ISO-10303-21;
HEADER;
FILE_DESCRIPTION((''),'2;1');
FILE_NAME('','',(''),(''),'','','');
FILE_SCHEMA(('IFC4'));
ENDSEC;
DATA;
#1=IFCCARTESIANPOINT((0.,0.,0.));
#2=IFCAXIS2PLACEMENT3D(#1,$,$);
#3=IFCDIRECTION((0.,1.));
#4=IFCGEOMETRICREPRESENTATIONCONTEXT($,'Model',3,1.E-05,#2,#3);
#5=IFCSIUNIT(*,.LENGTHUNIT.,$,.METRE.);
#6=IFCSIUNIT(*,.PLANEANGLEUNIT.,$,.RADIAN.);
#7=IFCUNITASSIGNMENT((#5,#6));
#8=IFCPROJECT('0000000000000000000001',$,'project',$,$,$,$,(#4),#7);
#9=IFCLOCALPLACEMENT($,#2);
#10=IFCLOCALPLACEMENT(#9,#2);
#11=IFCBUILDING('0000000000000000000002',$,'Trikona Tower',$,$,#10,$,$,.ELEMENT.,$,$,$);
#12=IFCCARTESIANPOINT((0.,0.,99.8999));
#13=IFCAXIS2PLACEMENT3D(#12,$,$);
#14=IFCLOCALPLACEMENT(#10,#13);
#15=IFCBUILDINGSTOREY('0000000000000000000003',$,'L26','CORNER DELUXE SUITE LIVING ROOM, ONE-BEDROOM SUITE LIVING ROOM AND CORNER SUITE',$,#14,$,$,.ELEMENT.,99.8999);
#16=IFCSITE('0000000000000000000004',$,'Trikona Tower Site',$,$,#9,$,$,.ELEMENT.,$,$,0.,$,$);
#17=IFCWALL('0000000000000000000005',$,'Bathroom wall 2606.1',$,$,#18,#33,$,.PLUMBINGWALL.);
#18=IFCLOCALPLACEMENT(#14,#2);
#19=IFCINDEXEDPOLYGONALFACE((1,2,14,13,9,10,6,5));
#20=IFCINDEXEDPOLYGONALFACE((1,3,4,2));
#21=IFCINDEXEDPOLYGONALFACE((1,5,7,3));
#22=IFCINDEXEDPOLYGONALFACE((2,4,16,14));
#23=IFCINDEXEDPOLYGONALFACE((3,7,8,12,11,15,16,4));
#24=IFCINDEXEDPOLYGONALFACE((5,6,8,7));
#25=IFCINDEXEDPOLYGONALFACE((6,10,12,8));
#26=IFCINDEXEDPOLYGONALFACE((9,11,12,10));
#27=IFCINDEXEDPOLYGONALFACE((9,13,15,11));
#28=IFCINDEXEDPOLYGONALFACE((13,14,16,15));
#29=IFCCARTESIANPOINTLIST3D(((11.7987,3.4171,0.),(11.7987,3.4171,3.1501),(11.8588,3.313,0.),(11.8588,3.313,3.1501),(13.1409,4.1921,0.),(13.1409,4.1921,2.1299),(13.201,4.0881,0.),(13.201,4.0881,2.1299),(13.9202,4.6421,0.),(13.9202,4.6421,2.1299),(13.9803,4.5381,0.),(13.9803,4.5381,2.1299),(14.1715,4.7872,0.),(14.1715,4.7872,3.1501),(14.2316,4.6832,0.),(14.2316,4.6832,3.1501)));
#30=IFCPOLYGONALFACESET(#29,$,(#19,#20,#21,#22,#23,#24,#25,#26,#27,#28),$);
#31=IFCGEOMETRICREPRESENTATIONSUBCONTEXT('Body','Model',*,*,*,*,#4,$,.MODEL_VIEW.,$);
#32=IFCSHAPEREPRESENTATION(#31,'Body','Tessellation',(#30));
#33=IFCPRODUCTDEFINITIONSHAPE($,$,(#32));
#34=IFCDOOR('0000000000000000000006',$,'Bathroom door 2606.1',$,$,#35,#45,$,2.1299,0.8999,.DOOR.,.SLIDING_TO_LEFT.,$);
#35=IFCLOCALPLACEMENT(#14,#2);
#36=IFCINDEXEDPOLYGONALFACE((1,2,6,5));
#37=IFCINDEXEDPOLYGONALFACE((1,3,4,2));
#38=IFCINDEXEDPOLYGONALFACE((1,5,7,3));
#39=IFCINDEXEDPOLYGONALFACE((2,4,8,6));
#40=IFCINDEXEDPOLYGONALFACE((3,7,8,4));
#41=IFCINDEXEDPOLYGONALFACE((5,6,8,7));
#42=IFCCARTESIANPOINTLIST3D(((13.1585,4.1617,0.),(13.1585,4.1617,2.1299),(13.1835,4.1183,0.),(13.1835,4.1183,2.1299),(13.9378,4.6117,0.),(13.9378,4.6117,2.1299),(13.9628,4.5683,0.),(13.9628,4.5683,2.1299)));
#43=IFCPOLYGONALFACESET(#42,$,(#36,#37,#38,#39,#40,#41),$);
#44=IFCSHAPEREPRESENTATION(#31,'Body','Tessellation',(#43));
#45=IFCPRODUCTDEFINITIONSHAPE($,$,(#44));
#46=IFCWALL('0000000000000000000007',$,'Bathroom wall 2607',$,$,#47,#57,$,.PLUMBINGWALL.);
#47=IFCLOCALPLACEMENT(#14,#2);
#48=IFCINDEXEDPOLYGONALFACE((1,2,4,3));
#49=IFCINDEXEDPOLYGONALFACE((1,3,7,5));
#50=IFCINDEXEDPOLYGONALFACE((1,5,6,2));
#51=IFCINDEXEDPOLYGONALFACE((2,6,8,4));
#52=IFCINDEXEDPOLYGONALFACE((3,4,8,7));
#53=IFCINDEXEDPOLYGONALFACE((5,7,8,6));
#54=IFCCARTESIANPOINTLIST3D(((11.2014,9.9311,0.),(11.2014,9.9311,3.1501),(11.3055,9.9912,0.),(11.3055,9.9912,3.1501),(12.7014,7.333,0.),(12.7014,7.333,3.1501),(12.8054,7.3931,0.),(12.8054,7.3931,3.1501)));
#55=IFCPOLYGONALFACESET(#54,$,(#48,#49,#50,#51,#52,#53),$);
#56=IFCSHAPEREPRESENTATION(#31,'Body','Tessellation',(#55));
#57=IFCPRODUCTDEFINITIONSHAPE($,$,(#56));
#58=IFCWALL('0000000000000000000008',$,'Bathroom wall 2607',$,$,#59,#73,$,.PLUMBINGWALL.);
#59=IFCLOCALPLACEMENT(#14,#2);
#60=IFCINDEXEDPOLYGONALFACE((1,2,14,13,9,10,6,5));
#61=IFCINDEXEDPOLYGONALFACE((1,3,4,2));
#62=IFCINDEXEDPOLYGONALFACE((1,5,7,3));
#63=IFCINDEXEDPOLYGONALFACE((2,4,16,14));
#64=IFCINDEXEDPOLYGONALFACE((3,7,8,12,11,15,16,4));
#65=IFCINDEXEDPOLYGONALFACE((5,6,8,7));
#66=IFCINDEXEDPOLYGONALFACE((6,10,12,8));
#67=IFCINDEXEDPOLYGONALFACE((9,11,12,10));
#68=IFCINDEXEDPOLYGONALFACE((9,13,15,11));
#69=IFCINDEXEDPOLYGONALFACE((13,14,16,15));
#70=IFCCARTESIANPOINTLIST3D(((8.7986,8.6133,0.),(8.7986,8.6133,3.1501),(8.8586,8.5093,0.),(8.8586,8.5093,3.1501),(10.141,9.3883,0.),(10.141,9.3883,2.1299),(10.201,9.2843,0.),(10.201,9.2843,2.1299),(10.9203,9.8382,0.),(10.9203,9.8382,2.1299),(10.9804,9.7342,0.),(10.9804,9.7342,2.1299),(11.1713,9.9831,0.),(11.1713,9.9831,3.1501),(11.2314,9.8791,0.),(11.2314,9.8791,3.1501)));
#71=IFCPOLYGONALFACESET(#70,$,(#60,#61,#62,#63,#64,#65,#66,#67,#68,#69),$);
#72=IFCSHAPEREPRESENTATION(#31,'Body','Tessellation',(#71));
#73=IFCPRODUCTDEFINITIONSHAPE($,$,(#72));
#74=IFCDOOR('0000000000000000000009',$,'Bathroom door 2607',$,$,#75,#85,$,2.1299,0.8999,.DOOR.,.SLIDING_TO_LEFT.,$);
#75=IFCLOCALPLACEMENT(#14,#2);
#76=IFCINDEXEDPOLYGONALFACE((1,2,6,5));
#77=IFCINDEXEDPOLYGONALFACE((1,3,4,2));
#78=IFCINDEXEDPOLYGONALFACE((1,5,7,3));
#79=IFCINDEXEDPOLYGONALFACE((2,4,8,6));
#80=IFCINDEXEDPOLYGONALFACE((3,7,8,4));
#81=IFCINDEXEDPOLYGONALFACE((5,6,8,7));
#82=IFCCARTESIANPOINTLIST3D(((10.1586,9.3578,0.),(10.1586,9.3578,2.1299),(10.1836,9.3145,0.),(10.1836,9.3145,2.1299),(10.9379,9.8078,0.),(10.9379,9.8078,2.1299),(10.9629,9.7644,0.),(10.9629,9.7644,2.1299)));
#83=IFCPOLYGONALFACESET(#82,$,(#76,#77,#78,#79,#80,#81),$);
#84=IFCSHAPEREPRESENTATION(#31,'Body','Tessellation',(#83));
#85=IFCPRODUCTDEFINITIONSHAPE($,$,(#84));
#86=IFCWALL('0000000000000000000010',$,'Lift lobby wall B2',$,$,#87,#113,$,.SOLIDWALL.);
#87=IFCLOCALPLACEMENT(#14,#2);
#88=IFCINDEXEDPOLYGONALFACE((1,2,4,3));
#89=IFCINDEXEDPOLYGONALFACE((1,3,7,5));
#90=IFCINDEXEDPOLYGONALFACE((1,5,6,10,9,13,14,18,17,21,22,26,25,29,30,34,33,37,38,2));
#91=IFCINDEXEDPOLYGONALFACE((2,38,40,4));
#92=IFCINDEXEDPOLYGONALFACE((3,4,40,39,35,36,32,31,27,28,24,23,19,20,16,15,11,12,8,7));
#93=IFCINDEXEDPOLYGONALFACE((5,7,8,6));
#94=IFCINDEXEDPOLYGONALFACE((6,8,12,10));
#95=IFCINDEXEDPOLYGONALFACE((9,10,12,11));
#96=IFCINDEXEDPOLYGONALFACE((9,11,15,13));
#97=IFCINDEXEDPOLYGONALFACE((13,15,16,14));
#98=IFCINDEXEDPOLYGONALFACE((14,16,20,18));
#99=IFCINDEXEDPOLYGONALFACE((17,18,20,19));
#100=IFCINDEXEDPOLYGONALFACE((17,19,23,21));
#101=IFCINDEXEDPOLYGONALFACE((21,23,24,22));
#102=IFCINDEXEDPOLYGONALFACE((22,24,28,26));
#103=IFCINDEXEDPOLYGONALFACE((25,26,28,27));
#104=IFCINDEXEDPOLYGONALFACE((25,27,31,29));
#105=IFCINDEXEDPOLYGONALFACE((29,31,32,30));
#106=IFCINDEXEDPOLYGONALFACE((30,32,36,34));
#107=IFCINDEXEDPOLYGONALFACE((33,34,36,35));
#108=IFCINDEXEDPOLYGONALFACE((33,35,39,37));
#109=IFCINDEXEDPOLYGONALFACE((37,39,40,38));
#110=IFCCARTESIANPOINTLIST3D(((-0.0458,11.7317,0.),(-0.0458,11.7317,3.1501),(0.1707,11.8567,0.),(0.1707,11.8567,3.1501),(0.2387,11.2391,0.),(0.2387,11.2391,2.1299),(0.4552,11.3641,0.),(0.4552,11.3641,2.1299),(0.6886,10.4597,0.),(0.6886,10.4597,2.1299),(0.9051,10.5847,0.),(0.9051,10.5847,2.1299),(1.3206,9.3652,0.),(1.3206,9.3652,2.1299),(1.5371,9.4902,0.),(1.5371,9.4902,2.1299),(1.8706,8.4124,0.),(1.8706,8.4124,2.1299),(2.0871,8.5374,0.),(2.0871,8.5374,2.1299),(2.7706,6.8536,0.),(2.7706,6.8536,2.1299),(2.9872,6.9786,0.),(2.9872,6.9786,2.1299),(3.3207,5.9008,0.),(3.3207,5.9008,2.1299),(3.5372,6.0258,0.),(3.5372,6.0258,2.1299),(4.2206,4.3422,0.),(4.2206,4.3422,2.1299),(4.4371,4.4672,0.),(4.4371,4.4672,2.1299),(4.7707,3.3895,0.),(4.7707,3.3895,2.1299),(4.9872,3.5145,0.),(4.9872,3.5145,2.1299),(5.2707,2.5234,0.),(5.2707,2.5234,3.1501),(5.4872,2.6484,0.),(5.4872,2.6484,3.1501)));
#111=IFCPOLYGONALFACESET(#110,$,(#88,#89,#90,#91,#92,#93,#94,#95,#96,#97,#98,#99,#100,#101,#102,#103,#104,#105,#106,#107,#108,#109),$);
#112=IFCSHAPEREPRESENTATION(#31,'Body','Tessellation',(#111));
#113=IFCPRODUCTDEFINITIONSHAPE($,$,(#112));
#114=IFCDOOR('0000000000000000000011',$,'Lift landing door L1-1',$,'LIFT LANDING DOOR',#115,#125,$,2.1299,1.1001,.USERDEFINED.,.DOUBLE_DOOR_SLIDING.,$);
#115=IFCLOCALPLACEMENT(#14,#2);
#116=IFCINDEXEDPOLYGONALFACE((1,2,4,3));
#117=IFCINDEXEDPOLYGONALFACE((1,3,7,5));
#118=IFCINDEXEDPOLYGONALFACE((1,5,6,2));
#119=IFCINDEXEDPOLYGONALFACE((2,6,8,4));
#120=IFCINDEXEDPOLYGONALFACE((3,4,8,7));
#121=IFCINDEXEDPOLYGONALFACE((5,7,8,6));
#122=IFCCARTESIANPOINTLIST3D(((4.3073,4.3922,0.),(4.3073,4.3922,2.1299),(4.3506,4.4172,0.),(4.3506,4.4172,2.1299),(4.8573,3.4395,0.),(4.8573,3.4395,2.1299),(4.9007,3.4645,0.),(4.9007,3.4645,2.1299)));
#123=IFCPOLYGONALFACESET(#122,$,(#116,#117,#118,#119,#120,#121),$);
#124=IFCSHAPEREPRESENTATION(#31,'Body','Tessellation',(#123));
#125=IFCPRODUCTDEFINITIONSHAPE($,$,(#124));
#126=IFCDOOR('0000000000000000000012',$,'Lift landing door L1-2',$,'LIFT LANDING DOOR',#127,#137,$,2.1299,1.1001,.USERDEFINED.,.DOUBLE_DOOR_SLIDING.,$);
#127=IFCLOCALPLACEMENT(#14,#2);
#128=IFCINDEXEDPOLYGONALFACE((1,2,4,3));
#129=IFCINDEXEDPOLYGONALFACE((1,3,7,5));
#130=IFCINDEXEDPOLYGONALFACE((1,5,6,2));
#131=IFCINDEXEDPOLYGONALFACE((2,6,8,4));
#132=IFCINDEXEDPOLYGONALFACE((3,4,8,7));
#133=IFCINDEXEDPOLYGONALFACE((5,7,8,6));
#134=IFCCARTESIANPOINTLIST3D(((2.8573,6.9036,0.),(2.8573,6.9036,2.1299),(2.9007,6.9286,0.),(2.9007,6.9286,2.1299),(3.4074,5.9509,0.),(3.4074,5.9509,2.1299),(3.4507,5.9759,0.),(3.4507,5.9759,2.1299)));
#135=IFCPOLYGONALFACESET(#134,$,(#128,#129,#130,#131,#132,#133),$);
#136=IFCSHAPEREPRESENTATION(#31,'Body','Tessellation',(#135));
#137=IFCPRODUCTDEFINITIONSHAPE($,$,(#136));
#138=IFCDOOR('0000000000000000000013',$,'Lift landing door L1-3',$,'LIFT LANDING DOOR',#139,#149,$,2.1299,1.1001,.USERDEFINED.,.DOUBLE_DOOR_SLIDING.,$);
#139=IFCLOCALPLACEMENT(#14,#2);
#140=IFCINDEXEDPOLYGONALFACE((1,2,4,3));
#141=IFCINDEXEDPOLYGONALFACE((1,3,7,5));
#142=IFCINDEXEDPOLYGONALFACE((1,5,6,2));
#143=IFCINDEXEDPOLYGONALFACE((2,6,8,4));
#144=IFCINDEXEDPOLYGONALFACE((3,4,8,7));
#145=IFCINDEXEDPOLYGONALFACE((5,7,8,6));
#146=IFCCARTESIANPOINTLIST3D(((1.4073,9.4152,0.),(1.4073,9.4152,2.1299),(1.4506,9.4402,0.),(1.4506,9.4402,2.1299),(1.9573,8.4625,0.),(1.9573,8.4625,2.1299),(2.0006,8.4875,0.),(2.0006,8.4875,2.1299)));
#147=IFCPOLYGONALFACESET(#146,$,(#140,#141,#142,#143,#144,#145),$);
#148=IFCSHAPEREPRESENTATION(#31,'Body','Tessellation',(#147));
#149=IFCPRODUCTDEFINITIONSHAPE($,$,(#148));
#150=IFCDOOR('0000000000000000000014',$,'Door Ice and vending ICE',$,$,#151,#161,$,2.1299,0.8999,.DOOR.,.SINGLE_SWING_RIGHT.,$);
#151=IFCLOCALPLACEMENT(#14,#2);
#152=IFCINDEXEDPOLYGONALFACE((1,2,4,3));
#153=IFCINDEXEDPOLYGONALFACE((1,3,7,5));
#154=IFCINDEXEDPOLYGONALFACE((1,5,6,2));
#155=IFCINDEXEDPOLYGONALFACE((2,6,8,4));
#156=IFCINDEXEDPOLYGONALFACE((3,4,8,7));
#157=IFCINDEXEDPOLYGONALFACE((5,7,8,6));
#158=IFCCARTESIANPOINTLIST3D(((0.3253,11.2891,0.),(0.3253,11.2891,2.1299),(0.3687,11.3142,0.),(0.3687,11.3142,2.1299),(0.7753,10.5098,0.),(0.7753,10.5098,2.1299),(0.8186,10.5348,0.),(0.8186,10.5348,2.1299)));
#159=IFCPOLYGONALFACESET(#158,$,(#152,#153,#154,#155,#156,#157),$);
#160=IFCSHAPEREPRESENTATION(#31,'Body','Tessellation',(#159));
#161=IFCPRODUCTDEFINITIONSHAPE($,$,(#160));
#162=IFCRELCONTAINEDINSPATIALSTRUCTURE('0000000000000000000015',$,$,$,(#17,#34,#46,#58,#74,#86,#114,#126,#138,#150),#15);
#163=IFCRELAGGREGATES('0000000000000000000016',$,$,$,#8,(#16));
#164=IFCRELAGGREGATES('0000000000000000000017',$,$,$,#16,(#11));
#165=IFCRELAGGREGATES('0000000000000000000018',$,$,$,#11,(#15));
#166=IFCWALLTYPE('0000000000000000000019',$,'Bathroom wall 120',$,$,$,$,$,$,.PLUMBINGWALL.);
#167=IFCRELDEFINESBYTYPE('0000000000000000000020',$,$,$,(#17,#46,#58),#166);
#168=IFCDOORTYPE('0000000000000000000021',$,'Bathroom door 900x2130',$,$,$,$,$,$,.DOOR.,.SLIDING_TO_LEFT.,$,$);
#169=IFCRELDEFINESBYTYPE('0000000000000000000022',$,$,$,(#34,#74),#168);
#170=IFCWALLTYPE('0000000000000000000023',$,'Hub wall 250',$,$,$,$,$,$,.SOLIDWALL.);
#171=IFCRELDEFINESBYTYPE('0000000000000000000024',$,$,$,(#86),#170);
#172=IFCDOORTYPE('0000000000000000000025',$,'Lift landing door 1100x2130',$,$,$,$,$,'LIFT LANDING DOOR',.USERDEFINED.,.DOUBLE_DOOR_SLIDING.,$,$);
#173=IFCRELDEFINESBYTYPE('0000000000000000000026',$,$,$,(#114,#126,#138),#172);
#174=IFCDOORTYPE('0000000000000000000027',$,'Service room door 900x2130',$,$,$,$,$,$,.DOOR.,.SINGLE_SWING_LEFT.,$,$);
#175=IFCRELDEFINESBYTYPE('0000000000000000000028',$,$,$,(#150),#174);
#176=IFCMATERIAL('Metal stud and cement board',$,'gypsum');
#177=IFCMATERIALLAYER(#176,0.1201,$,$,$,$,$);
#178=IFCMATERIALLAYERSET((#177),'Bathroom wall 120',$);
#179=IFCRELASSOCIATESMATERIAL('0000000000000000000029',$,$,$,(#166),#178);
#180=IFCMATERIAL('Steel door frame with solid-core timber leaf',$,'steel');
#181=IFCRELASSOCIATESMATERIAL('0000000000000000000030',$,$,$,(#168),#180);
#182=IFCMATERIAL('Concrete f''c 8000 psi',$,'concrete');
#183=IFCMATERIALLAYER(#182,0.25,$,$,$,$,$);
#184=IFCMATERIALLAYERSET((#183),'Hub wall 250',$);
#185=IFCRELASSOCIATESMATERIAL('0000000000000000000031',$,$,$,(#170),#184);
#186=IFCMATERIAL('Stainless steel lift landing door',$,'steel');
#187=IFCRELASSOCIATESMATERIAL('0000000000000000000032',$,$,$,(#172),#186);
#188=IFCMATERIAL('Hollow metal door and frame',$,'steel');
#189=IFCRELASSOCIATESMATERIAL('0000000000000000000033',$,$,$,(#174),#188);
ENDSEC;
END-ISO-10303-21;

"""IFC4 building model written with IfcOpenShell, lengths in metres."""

from ifc_helpers import new_model, si_unit, direction, frame, frame_2d, origin, place, context, subcontext, project, spatial, rectangle, extrude, material, layer, layer_set, type_object, element, fill, save


model = new_model("IFC4")

# Units and contexts
model_context = context("Model", 3, precision=1e-05, world=origin(), true_north=direction((0.0, 1.0)))
body_context = subcontext(model_context, "Body", "Model", "MODEL_VIEW")
ifc_project = project(units=[si_unit("LENGTHUNIT", "METRE"), si_unit("PLANEANGLEUNIT", "RADIAN")], contexts=[model_context])

# Site, building, storey
site_placement = place(None, origin())
site = spatial("IfcSite", under=ifc_project, at=site_placement, Name="Trikona Tower Site", CompositionType="ELEMENT", RefElevation=0.0)
building_placement = place(site_placement, origin())
building = spatial("IfcBuilding", under=site, at=building_placement, Name="Trikona Tower", CompositionType="ELEMENT")
storey_placement = place(building_placement, frame((0.0, 0.0, 99.8999)))
storey = spatial("IfcBuildingStorey", under=building, at=storey_placement, Name="L26", Description="CORNER DELUXE SUITE LIVING ROOM, ONE-BEDROOM SUITE LIVING ROOM AND CORNER SUITE", CompositionType="ELEMENT", Elevation=99.8999)

# Shared definitions
ifc_material_1 = material(Name="Metal stud and cement board", Category="gypsum")
ifc_layer_1 = layer(ifc_material_1, 0.1201)
ifc_layer_set_1 = layer_set([ifc_layer_1], Name="Bathroom wall 120")
wall_type_1 = type_object("IfcWallType", Name="Bathroom wall 120", PredefinedType="PLUMBINGWALL", material=ifc_layer_set_1)

# Wall, opening, door
wall_1_placement = place(storey_placement, frame((11.8286, 3.365, 0.0), z_axis=(0.0, 0.0, 1.0), x_axis=(0.865997, 0.500049, 0.0)))
wall_1 = element("IfcWall", 1, at=wall_1_placement, inside=storey, type_object=wall_type_1, Name="Bathroom wall 2606.1", PredefinedType="PLUMBINGWALL", context=body_context, shape_type="SweptSolid", body=[
    extrude(rectangle(XDim=2.74, YDim=0.1201, at=frame_2d((1.3701, 0.0))), origin(), (0.0, 0.0, 1.0), 3.1501),
])
opening_1_placement = place(wall_1_placement, frame((1.55, 0.0, 0.0)))
opening_1 = element("IfcOpeningElement", 2, at=opening_1_placement, cuts=wall_1, PredefinedType="OPENING", context=body_context, shape_type="SweptSolid", body=[
    extrude(rectangle(XDim=0.8999, YDim=2.1299, at=frame_2d((0.45, 1.0649))), frame((0.0, 0.0701, 0.0), z_axis=(0.0, -1.0, 0.0), x_axis=(1.0, 0.0, 0.0)), (0.0, 0.0, 1.0), 0.1401),
])
ifc_material_2 = material(Name="Steel door frame with solid-core timber leaf", Category="steel")
door_type_1 = type_object("IfcDoorType", Name="Bathroom door 900x2130", OperationType="SLIDING_TO_LEFT", PredefinedType="DOOR", material=ifc_material_2)
door_1_placement = place(opening_1_placement, origin())
door_1 = element("IfcDoor", 3, at=door_1_placement, inside=storey, type_object=door_type_1, Name="Bathroom door 2606.1", OperationType="SLIDING_TO_LEFT", OverallHeight=2.1299, OverallWidth=0.8999, PredefinedType="DOOR", context=body_context, shape_type="SweptSolid", body=[
    extrude(rectangle(XDim=0.8999, YDim=2.1299, at=frame_2d((0.45, 1.0649))), frame((0.0, 0.0249, 0.0), z_axis=(0.0, -1.0, 0.0), x_axis=(1.0, 0.0, 0.0)), (0.0, 0.0, 1.0), 0.05),
])
fill(opening_1, door_1)

# Wall
wall_2_placement = place(storey_placement, frame((12.7534, 7.363, 0.0), z_axis=(0.0, 0.0, 1.0), x_axis=(-0.49999, 0.866031, 0.0)))
element("IfcWall", 4, at=wall_2_placement, inside=storey, type_object=wall_type_1, Name="Bathroom wall 2607", PredefinedType="PLUMBINGWALL", context=body_context, shape_type="SweptSolid", body=[
    extrude(rectangle(XDim=3.0, YDim=0.1201, at=frame_2d((1.5, 0.0))), origin(), (0.0, 0.0, 1.0), 3.1501),
])

# Wall, opening, door
wall_3_placement = place(storey_placement, frame((8.8286, 8.5613, 0.0), z_axis=(0.0, 0.0, 1.0), x_axis=(0.866036, 0.499982, 0.0)))
wall_3 = element("IfcWall", 5, at=wall_3_placement, inside=storey, type_object=wall_type_1, Name="Bathroom wall 2607", PredefinedType="PLUMBINGWALL", context=body_context, shape_type="SweptSolid", body=[
    extrude(rectangle(XDim=2.7397, YDim=0.1201, at=frame_2d((1.3699, 0.0))), origin(), (0.0, 0.0, 1.0), 3.1501),
])
opening_2_placement = place(wall_3_placement, frame((1.55, 0.0, 0.0)))
opening_2 = element("IfcOpeningElement", 6, at=opening_2_placement, cuts=wall_3, PredefinedType="OPENING", context=body_context, shape_type="SweptSolid", body=[
    extrude(rectangle(XDim=0.8999, YDim=2.1299, at=frame_2d((0.45, 1.0649))), frame((0.0, 0.0701, 0.0), z_axis=(0.0, -1.0, 0.0), x_axis=(1.0, 0.0, 0.0)), (0.0, 0.0, 1.0), 0.1401),
])
door_2_placement = place(opening_2_placement, origin())
door_2 = element("IfcDoor", 7, at=door_2_placement, inside=storey, type_object=door_type_1, Name="Bathroom door 2607", OperationType="SLIDING_TO_LEFT", OverallHeight=2.1299, OverallWidth=0.8999, PredefinedType="DOOR", context=body_context, shape_type="SweptSolid", body=[
    extrude(rectangle(XDim=0.8999, YDim=2.1299, at=frame_2d((0.45, 1.0649))), frame((0.0, 0.0249, 0.0), z_axis=(0.0, -1.0, 0.0), x_axis=(1.0, 0.0, 0.0)), (0.0, 0.0, 1.0), 0.05),
])
fill(opening_2, door_2)

# Wall, openings, doors
ifc_material_3 = material(Name="Concrete f'c 8000 psi", Category="concrete")
ifc_layer_2 = layer(ifc_material_3, 0.25)
ifc_layer_set_2 = layer_set([ifc_layer_2], Name="Hub wall 250")
wall_type_2 = type_object("IfcWallType", Name="Hub wall 250", PredefinedType="SOLIDWALL", material=ifc_layer_set_2)
wall_4_placement = place(storey_placement, frame((5.3789, 2.5859, 0.0), z_axis=(0.0, 0.0, 1.0), x_axis=(-0.500001, 0.866025, 0.0)))
wall_4 = element("IfcWall", 8, at=wall_4_placement, inside=storey, type_object=wall_type_2, Name="Lift lobby wall B2", PredefinedType="SOLIDWALL", context=body_context, shape_type="SweptSolid", body=[
    extrude(rectangle(XDim=10.6328, YDim=0.25, at=frame_2d((5.3164, 0.0))), origin(), (0.0, 0.0, 1.0), 3.1501),
])
opening_3_placement = place(wall_4_placement, frame((9.1641, 0.0, 0.0)))
opening_3 = element("IfcOpeningElement", 9, at=opening_3_placement, cuts=wall_4, PredefinedType="OPENING", context=body_context, shape_type="SweptSolid", body=[
    extrude(rectangle(XDim=0.8999, YDim=2.1299, at=frame_2d((0.45, 1.0649))), frame((0.0, 0.135, 0.0), z_axis=(0.0, -1.0, 0.0), x_axis=(1.0, 0.0, 0.0)), (0.0, 0.0, 1.0), 0.27),
])
opening_4_placement = place(wall_4_placement, frame((1.0, 0.0, 0.0)))
opening_4 = element("IfcOpeningElement", 10, at=opening_4_placement, cuts=wall_4, PredefinedType="OPENING", context=body_context, shape_type="SweptSolid", body=[
    extrude(rectangle(XDim=1.1001, YDim=2.1299, at=frame_2d((0.55, 1.0649))), frame((0.0, 0.135, 0.0), z_axis=(0.0, -1.0, 0.0), x_axis=(1.0, 0.0, 0.0)), (0.0, 0.0, 1.0), 0.27),
])
opening_5_placement = place(wall_4_placement, frame((3.8999, 0.0, 0.0)))
opening_5 = element("IfcOpeningElement", 11, at=opening_5_placement, cuts=wall_4, PredefinedType="OPENING", context=body_context, shape_type="SweptSolid", body=[
    extrude(rectangle(XDim=1.1001, YDim=2.1299, at=frame_2d((0.55, 1.0649))), frame((0.0, 0.135, 0.0), z_axis=(0.0, -1.0, 0.0), x_axis=(1.0, 0.0, 0.0)), (0.0, 0.0, 1.0), 0.27),
])
opening_6_placement = place(wall_4_placement, frame((6.8, 0.0, 0.0)))
opening_6 = element("IfcOpeningElement", 12, at=opening_6_placement, cuts=wall_4, PredefinedType="OPENING", context=body_context, shape_type="SweptSolid", body=[
    extrude(rectangle(XDim=1.1001, YDim=2.1299, at=frame_2d((0.55, 1.0649))), frame((0.0, 0.135, 0.0), z_axis=(0.0, -1.0, 0.0), x_axis=(1.0, 0.0, 0.0)), (0.0, 0.0, 1.0), 0.27),
])
ifc_material_4 = material(Name="Stainless steel lift landing door", Category="steel")
door_type_2 = type_object("IfcDoorType", Name="Lift landing door 1100x2130", ElementType="LIFT LANDING DOOR", OperationType="DOUBLE_DOOR_SLIDING", PredefinedType="USERDEFINED", material=ifc_material_4)
door_3_placement = place(opening_4_placement, origin())
door_3 = element("IfcDoor", 13, at=door_3_placement, inside=storey, type_object=door_type_2, Name="Lift landing door L1-1", ObjectType="LIFT LANDING DOOR", OperationType="DOUBLE_DOOR_SLIDING", OverallHeight=2.1299, OverallWidth=1.1001, PredefinedType="USERDEFINED", context=body_context, shape_type="SweptSolid", body=[
    extrude(rectangle(XDim=1.1001, YDim=2.1299, at=frame_2d((0.55, 1.0649))), frame((0.0, 0.0249, 0.0), z_axis=(0.0, -1.0, 0.0), x_axis=(1.0, 0.0, 0.0)), (0.0, 0.0, 1.0), 0.05),
])
fill(opening_4, door_3)
door_4_placement = place(opening_5_placement, origin())
door_4 = element("IfcDoor", 14, at=door_4_placement, inside=storey, type_object=door_type_2, Name="Lift landing door L1-2", ObjectType="LIFT LANDING DOOR", OperationType="DOUBLE_DOOR_SLIDING", OverallHeight=2.1299, OverallWidth=1.1001, PredefinedType="USERDEFINED", context=body_context, shape_type="SweptSolid", body=[
    extrude(rectangle(XDim=1.1001, YDim=2.1299, at=frame_2d((0.55, 1.0649))), frame((0.0, 0.0249, 0.0), z_axis=(0.0, -1.0, 0.0), x_axis=(1.0, 0.0, 0.0)), (0.0, 0.0, 1.0), 0.05),
])
fill(opening_5, door_4)
door_5_placement = place(opening_6_placement, origin())
door_5 = element("IfcDoor", 15, at=door_5_placement, inside=storey, type_object=door_type_2, Name="Lift landing door L1-3", ObjectType="LIFT LANDING DOOR", OperationType="DOUBLE_DOOR_SLIDING", OverallHeight=2.1299, OverallWidth=1.1001, PredefinedType="USERDEFINED", context=body_context, shape_type="SweptSolid", body=[
    extrude(rectangle(XDim=1.1001, YDim=2.1299, at=frame_2d((0.55, 1.0649))), frame((0.0, 0.0249, 0.0), z_axis=(0.0, -1.0, 0.0), x_axis=(1.0, 0.0, 0.0)), (0.0, 0.0, 1.0), 0.05),
])
fill(opening_6, door_5)
ifc_material_5 = material(Name="Hollow metal door and frame", Category="steel")
door_type_3 = type_object("IfcDoorType", Name="Service room door 900x2130", OperationType="SINGLE_SWING_LEFT", PredefinedType="DOOR", material=ifc_material_5)
door_6_placement = place(opening_3_placement, origin())
door_6 = element("IfcDoor", 16, at=door_6_placement, inside=storey, type_object=door_type_3, Name="Door Ice and vending ICE", OperationType="SINGLE_SWING_RIGHT", OverallHeight=2.1299, OverallWidth=0.8999, PredefinedType="DOOR", context=body_context, shape_type="SweptSolid", body=[
    extrude(rectangle(XDim=0.8999, YDim=2.1299, at=frame_2d((0.45, 1.0649))), frame((0.0, 0.0249, 0.0), z_axis=(0.0, -1.0, 0.0), x_axis=(1.0, 0.0, 0.0)), (0.0, 0.0, 1.0), 0.05),
])
fill(opening_3, door_6)

save(model, "model.ifc")
